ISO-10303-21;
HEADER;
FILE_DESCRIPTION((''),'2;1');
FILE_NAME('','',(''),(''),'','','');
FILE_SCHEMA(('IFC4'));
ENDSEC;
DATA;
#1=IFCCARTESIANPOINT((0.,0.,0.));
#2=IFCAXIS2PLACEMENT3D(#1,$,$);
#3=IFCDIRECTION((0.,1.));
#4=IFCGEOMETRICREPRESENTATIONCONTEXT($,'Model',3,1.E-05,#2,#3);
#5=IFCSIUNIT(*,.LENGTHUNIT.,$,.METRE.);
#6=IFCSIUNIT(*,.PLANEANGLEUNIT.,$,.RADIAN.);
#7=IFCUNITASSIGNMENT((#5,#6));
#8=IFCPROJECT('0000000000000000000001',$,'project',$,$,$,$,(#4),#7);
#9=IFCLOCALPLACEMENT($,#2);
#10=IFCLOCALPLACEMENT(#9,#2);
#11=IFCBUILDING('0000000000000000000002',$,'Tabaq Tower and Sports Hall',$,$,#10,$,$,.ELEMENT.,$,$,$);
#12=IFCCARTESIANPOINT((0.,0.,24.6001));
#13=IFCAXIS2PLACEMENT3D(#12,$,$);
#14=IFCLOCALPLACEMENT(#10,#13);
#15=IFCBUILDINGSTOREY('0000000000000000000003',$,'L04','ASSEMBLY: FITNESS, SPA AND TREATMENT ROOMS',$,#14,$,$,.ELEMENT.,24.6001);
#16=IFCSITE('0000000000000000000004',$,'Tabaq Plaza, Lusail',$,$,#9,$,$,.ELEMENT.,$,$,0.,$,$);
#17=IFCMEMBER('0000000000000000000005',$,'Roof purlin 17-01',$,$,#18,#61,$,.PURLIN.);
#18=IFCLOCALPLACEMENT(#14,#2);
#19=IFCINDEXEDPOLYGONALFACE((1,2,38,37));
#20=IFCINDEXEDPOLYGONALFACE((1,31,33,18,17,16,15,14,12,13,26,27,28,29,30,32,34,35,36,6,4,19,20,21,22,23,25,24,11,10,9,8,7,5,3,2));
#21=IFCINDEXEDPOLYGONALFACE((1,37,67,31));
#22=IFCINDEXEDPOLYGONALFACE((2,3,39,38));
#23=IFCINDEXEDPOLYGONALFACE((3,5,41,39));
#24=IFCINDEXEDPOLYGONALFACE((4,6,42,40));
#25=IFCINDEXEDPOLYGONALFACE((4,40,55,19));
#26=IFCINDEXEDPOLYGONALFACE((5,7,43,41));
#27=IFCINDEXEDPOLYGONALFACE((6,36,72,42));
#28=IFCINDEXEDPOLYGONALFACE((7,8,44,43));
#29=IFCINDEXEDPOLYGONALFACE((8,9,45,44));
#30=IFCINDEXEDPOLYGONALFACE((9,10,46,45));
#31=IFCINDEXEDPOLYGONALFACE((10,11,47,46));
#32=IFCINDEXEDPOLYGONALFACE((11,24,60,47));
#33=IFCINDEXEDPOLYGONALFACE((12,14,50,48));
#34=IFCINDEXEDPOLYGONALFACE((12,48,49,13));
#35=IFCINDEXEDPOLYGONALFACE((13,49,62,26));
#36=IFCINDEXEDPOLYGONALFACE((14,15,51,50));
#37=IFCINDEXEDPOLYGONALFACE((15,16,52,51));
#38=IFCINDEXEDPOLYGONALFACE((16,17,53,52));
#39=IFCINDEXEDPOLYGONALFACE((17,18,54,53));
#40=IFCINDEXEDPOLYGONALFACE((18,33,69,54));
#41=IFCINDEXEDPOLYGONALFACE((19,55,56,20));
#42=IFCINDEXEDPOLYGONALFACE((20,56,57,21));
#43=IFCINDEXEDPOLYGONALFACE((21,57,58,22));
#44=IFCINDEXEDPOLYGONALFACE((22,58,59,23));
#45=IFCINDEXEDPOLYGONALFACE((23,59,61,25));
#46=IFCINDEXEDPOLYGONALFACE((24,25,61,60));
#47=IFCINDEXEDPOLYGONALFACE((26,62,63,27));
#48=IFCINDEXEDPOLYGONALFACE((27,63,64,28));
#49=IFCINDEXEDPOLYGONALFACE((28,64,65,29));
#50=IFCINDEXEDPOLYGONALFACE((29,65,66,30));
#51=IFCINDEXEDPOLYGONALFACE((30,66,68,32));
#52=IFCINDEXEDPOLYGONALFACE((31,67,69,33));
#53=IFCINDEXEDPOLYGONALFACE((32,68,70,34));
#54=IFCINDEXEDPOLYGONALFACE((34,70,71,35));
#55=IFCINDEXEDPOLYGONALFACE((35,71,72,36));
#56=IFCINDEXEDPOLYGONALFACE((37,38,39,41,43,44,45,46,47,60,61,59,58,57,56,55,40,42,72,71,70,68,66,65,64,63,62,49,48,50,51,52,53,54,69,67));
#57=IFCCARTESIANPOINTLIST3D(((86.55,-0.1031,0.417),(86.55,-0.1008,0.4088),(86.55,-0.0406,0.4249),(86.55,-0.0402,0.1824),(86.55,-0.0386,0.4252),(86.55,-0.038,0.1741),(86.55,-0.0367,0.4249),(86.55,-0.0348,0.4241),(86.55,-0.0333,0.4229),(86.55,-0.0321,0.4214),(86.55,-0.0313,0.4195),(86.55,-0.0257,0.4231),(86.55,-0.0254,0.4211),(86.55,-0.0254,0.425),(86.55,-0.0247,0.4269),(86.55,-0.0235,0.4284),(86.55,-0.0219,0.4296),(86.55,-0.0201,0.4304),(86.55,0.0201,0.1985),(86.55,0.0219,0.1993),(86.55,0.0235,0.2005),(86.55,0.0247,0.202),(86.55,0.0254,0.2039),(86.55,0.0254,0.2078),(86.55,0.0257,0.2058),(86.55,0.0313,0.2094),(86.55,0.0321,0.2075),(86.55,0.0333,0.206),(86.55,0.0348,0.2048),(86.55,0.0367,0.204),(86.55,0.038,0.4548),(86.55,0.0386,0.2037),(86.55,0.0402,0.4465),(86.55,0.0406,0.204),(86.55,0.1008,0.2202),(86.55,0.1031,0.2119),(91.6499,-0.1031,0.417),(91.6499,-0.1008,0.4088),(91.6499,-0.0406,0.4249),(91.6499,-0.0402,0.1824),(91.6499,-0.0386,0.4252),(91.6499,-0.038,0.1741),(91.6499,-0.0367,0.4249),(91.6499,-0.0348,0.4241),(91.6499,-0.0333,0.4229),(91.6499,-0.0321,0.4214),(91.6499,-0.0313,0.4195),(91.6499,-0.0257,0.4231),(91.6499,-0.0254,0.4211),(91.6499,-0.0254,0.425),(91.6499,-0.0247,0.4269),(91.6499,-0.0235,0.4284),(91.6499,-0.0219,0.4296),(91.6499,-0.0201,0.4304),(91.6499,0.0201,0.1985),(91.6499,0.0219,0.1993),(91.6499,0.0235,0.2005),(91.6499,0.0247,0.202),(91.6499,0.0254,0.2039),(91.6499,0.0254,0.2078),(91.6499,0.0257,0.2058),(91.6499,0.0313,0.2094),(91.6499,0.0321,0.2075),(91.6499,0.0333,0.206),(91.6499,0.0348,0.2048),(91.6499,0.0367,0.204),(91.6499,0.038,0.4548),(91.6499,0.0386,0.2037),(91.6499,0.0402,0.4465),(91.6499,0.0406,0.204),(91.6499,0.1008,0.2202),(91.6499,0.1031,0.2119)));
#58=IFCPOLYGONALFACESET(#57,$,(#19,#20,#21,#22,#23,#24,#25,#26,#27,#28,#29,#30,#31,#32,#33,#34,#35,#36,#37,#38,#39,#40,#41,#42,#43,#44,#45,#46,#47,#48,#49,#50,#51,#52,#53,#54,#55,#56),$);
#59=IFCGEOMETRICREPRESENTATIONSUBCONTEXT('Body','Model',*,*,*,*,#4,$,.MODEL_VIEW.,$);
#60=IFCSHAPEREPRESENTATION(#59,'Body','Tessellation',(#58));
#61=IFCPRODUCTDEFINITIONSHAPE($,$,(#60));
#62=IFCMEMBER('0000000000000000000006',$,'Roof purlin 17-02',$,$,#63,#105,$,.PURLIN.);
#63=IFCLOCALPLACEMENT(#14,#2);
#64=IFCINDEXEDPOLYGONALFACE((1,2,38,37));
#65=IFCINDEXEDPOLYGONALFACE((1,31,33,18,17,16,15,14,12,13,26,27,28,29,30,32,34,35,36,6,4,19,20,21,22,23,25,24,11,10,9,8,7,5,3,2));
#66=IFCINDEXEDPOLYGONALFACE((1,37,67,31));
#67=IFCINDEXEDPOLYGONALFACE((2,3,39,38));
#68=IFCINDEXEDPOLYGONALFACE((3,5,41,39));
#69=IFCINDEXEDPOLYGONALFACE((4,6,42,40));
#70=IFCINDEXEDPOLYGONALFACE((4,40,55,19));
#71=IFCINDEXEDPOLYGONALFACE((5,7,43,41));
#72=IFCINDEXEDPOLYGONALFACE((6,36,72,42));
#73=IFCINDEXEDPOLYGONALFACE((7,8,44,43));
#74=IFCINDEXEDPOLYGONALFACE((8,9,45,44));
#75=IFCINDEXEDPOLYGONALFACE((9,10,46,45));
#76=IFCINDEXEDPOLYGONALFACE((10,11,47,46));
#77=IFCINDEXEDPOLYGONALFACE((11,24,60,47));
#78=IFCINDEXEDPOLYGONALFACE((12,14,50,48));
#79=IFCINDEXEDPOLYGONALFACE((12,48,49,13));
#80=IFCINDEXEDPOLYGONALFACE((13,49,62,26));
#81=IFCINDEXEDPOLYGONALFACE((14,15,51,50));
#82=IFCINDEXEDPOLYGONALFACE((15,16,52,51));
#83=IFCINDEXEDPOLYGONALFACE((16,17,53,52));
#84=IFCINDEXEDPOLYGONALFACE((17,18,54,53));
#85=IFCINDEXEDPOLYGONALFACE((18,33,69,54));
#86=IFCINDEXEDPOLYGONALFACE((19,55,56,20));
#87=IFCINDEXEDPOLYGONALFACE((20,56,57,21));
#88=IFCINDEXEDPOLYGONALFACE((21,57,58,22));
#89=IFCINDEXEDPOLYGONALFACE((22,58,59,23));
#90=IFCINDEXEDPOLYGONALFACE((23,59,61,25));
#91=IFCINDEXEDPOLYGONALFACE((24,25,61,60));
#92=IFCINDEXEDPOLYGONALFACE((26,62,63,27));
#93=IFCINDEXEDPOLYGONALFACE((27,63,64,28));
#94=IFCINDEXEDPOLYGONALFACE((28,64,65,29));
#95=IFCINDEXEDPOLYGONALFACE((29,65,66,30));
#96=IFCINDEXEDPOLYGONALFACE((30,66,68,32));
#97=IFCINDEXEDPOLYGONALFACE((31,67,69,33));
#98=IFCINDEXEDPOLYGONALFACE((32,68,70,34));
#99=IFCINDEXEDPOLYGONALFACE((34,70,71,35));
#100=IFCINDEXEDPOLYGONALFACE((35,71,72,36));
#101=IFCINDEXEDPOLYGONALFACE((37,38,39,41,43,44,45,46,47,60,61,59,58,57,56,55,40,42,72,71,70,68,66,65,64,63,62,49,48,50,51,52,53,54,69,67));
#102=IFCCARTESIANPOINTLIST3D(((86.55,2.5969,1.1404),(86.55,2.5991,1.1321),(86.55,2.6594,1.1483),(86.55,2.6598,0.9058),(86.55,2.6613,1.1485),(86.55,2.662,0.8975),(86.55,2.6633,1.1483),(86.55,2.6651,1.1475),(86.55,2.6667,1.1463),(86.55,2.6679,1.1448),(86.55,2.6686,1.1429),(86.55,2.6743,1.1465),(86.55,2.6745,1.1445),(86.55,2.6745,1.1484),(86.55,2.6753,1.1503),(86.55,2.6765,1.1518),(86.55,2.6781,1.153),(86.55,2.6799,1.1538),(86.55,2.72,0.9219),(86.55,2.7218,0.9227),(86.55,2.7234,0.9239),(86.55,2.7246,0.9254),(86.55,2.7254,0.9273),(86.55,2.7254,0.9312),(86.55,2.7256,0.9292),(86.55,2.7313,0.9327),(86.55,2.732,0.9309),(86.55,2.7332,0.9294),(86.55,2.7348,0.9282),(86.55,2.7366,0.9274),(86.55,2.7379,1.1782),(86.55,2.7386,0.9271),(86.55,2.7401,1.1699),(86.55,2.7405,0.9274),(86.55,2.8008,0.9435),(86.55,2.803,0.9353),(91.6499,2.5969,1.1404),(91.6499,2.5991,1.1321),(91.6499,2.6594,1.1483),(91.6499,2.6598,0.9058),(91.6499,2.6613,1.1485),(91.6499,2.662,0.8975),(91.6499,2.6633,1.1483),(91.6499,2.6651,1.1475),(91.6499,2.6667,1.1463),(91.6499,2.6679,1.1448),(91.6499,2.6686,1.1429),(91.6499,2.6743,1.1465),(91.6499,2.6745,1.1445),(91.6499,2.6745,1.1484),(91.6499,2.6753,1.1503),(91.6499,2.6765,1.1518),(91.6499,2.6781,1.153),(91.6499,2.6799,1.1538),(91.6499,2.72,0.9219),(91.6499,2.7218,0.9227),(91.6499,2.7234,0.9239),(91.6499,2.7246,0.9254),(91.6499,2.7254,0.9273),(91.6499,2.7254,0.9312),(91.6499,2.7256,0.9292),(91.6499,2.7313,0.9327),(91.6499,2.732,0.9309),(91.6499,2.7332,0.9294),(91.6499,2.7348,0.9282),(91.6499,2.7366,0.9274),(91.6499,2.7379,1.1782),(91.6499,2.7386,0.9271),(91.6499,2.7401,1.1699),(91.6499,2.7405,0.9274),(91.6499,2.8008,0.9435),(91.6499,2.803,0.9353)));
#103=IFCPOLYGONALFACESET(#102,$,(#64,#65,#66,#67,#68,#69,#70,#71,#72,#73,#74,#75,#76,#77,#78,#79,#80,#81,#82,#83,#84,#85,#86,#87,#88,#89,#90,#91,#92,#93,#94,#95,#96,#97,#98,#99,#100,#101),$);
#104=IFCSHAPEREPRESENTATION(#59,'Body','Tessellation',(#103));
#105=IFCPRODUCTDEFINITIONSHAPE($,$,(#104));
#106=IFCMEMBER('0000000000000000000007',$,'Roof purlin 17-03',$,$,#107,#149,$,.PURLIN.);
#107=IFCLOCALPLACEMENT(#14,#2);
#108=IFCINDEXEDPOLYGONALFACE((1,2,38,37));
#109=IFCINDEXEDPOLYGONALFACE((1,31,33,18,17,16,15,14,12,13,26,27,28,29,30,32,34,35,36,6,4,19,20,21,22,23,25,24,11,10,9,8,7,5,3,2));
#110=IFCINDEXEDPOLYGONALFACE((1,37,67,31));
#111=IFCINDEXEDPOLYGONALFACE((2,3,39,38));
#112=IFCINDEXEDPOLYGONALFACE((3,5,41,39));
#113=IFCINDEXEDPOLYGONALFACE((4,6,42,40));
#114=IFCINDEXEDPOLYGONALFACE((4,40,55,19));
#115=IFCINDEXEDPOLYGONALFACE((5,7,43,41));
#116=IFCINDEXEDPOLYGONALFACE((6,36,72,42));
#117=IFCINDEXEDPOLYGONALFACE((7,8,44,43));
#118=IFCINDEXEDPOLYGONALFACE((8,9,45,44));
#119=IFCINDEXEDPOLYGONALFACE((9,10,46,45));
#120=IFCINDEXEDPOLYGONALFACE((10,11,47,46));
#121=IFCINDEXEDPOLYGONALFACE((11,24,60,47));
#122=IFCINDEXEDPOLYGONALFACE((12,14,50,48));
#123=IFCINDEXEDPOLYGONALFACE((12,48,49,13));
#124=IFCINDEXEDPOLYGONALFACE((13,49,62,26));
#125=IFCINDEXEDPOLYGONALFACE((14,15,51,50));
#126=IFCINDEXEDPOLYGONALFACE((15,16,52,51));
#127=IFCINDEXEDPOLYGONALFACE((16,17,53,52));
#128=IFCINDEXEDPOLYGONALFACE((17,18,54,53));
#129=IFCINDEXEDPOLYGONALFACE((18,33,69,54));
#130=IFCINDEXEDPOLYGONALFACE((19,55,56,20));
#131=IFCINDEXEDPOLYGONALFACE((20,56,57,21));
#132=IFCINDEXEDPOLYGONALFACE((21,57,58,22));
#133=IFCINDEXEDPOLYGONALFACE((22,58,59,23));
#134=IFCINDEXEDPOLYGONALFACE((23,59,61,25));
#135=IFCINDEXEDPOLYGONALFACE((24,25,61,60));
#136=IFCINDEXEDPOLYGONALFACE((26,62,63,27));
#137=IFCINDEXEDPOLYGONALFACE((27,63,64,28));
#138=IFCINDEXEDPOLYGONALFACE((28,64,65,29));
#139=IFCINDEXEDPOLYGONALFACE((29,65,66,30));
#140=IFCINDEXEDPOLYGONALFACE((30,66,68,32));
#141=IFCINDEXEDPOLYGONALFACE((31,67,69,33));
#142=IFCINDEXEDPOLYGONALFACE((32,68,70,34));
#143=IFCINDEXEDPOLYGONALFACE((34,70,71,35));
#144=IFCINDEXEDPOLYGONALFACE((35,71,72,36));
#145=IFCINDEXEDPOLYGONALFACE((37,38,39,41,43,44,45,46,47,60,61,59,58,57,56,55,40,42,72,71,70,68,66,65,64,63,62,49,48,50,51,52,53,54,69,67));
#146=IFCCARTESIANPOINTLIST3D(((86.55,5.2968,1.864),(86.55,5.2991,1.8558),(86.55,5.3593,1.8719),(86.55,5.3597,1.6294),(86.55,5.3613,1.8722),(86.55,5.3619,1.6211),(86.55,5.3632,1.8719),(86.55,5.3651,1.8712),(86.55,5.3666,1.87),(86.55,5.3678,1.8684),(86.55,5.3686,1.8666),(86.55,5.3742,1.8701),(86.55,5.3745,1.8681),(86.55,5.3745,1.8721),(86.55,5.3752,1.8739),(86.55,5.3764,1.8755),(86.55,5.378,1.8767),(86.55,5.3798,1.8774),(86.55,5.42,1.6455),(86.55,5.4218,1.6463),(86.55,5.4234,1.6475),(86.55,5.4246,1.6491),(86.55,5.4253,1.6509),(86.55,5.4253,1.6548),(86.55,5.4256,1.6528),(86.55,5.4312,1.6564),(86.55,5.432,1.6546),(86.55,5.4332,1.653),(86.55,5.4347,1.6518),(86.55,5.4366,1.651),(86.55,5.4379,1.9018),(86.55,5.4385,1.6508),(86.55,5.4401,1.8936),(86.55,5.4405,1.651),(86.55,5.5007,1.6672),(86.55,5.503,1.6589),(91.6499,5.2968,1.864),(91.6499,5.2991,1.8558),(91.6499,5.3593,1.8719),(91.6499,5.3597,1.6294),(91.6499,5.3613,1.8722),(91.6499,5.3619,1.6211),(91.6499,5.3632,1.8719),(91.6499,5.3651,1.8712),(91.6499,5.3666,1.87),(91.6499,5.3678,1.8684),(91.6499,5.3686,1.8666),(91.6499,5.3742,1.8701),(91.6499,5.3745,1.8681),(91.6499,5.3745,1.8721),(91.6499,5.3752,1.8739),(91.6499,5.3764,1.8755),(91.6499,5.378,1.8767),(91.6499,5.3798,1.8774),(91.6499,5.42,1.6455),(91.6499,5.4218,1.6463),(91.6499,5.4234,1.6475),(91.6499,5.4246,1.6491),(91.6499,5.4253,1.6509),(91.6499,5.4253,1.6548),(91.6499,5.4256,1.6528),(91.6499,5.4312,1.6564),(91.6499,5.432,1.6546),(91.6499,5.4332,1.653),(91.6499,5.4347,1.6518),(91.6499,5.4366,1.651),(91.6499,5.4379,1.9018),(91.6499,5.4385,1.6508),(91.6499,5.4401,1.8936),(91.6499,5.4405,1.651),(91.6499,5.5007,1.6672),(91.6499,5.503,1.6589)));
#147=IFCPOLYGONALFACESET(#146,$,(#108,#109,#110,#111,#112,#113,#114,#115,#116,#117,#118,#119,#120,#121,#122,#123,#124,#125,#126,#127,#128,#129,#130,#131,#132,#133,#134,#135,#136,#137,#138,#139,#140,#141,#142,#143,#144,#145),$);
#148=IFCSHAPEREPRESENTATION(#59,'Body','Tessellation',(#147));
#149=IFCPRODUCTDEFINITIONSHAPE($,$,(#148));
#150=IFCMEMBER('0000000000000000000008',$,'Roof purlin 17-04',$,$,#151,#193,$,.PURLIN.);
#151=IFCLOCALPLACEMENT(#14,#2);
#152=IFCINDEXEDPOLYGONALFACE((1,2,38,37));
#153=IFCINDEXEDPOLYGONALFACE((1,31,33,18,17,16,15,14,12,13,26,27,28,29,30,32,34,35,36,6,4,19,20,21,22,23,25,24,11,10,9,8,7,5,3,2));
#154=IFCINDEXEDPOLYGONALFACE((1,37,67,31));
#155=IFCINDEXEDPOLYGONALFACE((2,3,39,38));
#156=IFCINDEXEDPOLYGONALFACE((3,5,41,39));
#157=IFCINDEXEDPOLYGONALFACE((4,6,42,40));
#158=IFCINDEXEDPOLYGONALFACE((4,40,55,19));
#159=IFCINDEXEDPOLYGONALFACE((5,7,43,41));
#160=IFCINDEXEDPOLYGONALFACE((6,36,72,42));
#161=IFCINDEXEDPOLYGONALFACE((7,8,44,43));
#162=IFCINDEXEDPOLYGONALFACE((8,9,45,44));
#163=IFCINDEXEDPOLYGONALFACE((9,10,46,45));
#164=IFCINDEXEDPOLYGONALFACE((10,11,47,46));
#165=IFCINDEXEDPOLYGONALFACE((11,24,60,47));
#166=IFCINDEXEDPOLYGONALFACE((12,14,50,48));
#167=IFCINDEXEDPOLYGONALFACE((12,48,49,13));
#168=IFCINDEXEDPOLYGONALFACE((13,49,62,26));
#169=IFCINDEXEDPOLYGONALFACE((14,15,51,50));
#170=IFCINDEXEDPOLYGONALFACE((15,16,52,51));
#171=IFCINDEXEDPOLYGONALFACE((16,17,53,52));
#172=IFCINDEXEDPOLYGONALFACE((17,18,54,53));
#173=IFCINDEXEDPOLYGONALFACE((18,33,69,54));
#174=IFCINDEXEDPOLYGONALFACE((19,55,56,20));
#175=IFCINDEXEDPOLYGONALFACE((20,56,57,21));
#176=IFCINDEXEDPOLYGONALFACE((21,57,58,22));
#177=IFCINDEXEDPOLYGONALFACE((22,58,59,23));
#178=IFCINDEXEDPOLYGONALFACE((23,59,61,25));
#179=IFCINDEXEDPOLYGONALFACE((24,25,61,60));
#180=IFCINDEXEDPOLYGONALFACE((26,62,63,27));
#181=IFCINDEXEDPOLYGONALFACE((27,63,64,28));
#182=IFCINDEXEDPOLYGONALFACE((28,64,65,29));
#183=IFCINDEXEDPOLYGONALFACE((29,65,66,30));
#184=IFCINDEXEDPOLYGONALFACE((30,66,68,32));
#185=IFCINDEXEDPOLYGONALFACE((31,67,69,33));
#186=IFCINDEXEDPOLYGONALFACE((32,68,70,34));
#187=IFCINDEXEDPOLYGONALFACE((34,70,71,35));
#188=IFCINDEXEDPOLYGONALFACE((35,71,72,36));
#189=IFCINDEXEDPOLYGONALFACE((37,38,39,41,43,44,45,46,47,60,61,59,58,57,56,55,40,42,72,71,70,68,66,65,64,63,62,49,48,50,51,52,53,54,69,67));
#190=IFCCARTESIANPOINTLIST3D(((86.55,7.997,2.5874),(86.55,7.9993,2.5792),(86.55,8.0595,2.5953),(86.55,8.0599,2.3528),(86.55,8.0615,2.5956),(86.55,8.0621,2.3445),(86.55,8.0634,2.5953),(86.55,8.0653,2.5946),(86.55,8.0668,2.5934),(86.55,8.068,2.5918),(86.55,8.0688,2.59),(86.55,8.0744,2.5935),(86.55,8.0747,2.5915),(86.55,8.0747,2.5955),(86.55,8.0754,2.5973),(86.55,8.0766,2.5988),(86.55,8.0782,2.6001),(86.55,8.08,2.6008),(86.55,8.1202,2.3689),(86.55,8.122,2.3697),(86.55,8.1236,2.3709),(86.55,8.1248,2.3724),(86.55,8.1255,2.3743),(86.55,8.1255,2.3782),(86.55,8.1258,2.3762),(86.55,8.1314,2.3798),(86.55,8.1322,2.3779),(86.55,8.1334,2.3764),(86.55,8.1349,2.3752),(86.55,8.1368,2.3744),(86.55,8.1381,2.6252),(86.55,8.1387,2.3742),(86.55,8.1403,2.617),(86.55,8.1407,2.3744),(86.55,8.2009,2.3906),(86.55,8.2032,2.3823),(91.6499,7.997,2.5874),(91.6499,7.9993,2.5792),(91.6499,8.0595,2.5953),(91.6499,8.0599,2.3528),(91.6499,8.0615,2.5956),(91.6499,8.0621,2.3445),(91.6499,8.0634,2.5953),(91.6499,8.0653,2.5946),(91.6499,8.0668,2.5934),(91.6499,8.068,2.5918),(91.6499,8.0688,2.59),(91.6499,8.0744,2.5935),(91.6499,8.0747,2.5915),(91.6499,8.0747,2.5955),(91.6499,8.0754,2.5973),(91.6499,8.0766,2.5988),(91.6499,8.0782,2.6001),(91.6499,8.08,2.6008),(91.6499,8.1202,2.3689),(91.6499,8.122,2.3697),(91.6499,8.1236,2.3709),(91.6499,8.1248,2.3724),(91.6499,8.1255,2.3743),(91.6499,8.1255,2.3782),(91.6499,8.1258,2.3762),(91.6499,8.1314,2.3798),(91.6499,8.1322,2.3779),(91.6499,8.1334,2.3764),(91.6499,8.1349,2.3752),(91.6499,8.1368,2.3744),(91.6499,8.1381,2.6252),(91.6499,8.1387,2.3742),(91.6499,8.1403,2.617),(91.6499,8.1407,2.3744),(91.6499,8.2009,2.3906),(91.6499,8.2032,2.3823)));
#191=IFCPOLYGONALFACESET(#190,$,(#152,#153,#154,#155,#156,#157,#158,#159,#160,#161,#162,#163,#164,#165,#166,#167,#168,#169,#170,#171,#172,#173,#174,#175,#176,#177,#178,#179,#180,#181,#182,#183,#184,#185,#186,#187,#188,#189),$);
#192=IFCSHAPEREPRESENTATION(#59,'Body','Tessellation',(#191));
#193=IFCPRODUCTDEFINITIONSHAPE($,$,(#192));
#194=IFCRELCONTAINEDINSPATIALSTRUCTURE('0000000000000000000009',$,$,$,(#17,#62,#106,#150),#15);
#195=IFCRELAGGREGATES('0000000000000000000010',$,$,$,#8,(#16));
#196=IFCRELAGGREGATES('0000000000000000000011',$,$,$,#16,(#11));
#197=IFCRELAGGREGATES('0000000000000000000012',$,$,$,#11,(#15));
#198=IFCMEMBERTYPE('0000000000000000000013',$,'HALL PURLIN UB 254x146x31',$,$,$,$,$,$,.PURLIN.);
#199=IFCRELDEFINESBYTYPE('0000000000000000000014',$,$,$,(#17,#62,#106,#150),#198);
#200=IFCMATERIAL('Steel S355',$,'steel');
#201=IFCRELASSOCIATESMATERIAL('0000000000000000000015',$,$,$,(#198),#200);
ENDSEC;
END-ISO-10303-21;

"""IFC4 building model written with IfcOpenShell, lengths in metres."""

from ifc_helpers import new_model, si_unit, direction, frame, origin, origin_2d, place, context, subcontext, project, spatial, i_section, extrude, material, material_profile, profile_set, type_object, element, save


model = new_model("IFC4")

# Units and contexts
model_context = context("Model", 3, precision=1e-05, world=origin(), true_north=direction((0.0, 1.0)))
body_context = subcontext(model_context, "Body", "Model", "MODEL_VIEW")
ifc_project = project(units=[si_unit("LENGTHUNIT", "METRE"), si_unit("PLANEANGLEUNIT", "RADIAN")], contexts=[model_context])

# Site, building, storey
site_placement = place(None, origin())
site = spatial("IfcSite", under=ifc_project, at=site_placement, Name="Tabaq Plaza, Lusail", CompositionType="ELEMENT", RefElevation=0.0)
building_placement = place(site_placement, origin())
building = spatial("IfcBuilding", under=site, at=building_placement, Name="Tabaq Tower and Sports Hall", CompositionType="ELEMENT")
storey_placement = place(building_placement, frame((0.0, 0.0, 24.6001)))
storey = spatial("IfcBuildingStorey", under=building, at=storey_placement, Name="L04", Description="ASSEMBLY: FITNESS, SPA AND TREATMENT ROOMS", CompositionType="ELEMENT", Elevation=24.6001)

# Members
ifc_material_1 = material(Name="Steel S355", Category="steel")
ifc_material_profile_1 = material_profile(ifc_material_1, i_section(OverallWidth=0.146, OverallDepth=0.2515, WebThickness=0.0061, FlangeThickness=0.0085, FilletRadius=0.0076, at=origin_2d()), Name="UB 254x146x31")
ifc_profile_set_1 = profile_set([ifc_material_profile_1], Name="Steel S355")
member_type_1 = type_object("IfcMemberType", Name="HALL PURLIN UB 254x146x31", PredefinedType="PURLIN", material=ifc_profile_set_1)
for number, where, z_axis, x_axis, name in (
    (1, (86.55, 0.0, 0.3145), (1.0, 0.0, 0.0), (0.0, 0.965926, 0.258819), "Roof purlin 17-01"),
    (2, (86.55, 2.7, 1.0378), (1.0, 0.0, 0.0), (0.0, 0.965926, 0.258819), "Roof purlin 17-02"),
    (3, (86.55, 5.3999, 1.7615), (1.0, 0.0, 0.0), (0.0, 0.965926, 0.258819), "Roof purlin 17-03"),
    (4, (86.55, 8.1001, 2.4849), (1.0, 0.0, 0.0), (0.0, 0.965926, 0.258819), "Roof purlin 17-04"),
):
    element("IfcMember", number, at=place(storey_placement, frame(where, z_axis=z_axis, x_axis=x_axis)), inside=storey, type_object=member_type_1, Name=name, PredefinedType="PURLIN", context=body_context, shape_type="SweptSolid", body=[
        extrude(i_section(OverallWidth=0.146, OverallDepth=0.2515, WebThickness=0.0061, FlangeThickness=0.0085, FilletRadius=0.0076, at=origin_2d()), origin(), (0.0, 0.0, 1.0), 5.0999),
    ])

save(model, "model.ifc")
